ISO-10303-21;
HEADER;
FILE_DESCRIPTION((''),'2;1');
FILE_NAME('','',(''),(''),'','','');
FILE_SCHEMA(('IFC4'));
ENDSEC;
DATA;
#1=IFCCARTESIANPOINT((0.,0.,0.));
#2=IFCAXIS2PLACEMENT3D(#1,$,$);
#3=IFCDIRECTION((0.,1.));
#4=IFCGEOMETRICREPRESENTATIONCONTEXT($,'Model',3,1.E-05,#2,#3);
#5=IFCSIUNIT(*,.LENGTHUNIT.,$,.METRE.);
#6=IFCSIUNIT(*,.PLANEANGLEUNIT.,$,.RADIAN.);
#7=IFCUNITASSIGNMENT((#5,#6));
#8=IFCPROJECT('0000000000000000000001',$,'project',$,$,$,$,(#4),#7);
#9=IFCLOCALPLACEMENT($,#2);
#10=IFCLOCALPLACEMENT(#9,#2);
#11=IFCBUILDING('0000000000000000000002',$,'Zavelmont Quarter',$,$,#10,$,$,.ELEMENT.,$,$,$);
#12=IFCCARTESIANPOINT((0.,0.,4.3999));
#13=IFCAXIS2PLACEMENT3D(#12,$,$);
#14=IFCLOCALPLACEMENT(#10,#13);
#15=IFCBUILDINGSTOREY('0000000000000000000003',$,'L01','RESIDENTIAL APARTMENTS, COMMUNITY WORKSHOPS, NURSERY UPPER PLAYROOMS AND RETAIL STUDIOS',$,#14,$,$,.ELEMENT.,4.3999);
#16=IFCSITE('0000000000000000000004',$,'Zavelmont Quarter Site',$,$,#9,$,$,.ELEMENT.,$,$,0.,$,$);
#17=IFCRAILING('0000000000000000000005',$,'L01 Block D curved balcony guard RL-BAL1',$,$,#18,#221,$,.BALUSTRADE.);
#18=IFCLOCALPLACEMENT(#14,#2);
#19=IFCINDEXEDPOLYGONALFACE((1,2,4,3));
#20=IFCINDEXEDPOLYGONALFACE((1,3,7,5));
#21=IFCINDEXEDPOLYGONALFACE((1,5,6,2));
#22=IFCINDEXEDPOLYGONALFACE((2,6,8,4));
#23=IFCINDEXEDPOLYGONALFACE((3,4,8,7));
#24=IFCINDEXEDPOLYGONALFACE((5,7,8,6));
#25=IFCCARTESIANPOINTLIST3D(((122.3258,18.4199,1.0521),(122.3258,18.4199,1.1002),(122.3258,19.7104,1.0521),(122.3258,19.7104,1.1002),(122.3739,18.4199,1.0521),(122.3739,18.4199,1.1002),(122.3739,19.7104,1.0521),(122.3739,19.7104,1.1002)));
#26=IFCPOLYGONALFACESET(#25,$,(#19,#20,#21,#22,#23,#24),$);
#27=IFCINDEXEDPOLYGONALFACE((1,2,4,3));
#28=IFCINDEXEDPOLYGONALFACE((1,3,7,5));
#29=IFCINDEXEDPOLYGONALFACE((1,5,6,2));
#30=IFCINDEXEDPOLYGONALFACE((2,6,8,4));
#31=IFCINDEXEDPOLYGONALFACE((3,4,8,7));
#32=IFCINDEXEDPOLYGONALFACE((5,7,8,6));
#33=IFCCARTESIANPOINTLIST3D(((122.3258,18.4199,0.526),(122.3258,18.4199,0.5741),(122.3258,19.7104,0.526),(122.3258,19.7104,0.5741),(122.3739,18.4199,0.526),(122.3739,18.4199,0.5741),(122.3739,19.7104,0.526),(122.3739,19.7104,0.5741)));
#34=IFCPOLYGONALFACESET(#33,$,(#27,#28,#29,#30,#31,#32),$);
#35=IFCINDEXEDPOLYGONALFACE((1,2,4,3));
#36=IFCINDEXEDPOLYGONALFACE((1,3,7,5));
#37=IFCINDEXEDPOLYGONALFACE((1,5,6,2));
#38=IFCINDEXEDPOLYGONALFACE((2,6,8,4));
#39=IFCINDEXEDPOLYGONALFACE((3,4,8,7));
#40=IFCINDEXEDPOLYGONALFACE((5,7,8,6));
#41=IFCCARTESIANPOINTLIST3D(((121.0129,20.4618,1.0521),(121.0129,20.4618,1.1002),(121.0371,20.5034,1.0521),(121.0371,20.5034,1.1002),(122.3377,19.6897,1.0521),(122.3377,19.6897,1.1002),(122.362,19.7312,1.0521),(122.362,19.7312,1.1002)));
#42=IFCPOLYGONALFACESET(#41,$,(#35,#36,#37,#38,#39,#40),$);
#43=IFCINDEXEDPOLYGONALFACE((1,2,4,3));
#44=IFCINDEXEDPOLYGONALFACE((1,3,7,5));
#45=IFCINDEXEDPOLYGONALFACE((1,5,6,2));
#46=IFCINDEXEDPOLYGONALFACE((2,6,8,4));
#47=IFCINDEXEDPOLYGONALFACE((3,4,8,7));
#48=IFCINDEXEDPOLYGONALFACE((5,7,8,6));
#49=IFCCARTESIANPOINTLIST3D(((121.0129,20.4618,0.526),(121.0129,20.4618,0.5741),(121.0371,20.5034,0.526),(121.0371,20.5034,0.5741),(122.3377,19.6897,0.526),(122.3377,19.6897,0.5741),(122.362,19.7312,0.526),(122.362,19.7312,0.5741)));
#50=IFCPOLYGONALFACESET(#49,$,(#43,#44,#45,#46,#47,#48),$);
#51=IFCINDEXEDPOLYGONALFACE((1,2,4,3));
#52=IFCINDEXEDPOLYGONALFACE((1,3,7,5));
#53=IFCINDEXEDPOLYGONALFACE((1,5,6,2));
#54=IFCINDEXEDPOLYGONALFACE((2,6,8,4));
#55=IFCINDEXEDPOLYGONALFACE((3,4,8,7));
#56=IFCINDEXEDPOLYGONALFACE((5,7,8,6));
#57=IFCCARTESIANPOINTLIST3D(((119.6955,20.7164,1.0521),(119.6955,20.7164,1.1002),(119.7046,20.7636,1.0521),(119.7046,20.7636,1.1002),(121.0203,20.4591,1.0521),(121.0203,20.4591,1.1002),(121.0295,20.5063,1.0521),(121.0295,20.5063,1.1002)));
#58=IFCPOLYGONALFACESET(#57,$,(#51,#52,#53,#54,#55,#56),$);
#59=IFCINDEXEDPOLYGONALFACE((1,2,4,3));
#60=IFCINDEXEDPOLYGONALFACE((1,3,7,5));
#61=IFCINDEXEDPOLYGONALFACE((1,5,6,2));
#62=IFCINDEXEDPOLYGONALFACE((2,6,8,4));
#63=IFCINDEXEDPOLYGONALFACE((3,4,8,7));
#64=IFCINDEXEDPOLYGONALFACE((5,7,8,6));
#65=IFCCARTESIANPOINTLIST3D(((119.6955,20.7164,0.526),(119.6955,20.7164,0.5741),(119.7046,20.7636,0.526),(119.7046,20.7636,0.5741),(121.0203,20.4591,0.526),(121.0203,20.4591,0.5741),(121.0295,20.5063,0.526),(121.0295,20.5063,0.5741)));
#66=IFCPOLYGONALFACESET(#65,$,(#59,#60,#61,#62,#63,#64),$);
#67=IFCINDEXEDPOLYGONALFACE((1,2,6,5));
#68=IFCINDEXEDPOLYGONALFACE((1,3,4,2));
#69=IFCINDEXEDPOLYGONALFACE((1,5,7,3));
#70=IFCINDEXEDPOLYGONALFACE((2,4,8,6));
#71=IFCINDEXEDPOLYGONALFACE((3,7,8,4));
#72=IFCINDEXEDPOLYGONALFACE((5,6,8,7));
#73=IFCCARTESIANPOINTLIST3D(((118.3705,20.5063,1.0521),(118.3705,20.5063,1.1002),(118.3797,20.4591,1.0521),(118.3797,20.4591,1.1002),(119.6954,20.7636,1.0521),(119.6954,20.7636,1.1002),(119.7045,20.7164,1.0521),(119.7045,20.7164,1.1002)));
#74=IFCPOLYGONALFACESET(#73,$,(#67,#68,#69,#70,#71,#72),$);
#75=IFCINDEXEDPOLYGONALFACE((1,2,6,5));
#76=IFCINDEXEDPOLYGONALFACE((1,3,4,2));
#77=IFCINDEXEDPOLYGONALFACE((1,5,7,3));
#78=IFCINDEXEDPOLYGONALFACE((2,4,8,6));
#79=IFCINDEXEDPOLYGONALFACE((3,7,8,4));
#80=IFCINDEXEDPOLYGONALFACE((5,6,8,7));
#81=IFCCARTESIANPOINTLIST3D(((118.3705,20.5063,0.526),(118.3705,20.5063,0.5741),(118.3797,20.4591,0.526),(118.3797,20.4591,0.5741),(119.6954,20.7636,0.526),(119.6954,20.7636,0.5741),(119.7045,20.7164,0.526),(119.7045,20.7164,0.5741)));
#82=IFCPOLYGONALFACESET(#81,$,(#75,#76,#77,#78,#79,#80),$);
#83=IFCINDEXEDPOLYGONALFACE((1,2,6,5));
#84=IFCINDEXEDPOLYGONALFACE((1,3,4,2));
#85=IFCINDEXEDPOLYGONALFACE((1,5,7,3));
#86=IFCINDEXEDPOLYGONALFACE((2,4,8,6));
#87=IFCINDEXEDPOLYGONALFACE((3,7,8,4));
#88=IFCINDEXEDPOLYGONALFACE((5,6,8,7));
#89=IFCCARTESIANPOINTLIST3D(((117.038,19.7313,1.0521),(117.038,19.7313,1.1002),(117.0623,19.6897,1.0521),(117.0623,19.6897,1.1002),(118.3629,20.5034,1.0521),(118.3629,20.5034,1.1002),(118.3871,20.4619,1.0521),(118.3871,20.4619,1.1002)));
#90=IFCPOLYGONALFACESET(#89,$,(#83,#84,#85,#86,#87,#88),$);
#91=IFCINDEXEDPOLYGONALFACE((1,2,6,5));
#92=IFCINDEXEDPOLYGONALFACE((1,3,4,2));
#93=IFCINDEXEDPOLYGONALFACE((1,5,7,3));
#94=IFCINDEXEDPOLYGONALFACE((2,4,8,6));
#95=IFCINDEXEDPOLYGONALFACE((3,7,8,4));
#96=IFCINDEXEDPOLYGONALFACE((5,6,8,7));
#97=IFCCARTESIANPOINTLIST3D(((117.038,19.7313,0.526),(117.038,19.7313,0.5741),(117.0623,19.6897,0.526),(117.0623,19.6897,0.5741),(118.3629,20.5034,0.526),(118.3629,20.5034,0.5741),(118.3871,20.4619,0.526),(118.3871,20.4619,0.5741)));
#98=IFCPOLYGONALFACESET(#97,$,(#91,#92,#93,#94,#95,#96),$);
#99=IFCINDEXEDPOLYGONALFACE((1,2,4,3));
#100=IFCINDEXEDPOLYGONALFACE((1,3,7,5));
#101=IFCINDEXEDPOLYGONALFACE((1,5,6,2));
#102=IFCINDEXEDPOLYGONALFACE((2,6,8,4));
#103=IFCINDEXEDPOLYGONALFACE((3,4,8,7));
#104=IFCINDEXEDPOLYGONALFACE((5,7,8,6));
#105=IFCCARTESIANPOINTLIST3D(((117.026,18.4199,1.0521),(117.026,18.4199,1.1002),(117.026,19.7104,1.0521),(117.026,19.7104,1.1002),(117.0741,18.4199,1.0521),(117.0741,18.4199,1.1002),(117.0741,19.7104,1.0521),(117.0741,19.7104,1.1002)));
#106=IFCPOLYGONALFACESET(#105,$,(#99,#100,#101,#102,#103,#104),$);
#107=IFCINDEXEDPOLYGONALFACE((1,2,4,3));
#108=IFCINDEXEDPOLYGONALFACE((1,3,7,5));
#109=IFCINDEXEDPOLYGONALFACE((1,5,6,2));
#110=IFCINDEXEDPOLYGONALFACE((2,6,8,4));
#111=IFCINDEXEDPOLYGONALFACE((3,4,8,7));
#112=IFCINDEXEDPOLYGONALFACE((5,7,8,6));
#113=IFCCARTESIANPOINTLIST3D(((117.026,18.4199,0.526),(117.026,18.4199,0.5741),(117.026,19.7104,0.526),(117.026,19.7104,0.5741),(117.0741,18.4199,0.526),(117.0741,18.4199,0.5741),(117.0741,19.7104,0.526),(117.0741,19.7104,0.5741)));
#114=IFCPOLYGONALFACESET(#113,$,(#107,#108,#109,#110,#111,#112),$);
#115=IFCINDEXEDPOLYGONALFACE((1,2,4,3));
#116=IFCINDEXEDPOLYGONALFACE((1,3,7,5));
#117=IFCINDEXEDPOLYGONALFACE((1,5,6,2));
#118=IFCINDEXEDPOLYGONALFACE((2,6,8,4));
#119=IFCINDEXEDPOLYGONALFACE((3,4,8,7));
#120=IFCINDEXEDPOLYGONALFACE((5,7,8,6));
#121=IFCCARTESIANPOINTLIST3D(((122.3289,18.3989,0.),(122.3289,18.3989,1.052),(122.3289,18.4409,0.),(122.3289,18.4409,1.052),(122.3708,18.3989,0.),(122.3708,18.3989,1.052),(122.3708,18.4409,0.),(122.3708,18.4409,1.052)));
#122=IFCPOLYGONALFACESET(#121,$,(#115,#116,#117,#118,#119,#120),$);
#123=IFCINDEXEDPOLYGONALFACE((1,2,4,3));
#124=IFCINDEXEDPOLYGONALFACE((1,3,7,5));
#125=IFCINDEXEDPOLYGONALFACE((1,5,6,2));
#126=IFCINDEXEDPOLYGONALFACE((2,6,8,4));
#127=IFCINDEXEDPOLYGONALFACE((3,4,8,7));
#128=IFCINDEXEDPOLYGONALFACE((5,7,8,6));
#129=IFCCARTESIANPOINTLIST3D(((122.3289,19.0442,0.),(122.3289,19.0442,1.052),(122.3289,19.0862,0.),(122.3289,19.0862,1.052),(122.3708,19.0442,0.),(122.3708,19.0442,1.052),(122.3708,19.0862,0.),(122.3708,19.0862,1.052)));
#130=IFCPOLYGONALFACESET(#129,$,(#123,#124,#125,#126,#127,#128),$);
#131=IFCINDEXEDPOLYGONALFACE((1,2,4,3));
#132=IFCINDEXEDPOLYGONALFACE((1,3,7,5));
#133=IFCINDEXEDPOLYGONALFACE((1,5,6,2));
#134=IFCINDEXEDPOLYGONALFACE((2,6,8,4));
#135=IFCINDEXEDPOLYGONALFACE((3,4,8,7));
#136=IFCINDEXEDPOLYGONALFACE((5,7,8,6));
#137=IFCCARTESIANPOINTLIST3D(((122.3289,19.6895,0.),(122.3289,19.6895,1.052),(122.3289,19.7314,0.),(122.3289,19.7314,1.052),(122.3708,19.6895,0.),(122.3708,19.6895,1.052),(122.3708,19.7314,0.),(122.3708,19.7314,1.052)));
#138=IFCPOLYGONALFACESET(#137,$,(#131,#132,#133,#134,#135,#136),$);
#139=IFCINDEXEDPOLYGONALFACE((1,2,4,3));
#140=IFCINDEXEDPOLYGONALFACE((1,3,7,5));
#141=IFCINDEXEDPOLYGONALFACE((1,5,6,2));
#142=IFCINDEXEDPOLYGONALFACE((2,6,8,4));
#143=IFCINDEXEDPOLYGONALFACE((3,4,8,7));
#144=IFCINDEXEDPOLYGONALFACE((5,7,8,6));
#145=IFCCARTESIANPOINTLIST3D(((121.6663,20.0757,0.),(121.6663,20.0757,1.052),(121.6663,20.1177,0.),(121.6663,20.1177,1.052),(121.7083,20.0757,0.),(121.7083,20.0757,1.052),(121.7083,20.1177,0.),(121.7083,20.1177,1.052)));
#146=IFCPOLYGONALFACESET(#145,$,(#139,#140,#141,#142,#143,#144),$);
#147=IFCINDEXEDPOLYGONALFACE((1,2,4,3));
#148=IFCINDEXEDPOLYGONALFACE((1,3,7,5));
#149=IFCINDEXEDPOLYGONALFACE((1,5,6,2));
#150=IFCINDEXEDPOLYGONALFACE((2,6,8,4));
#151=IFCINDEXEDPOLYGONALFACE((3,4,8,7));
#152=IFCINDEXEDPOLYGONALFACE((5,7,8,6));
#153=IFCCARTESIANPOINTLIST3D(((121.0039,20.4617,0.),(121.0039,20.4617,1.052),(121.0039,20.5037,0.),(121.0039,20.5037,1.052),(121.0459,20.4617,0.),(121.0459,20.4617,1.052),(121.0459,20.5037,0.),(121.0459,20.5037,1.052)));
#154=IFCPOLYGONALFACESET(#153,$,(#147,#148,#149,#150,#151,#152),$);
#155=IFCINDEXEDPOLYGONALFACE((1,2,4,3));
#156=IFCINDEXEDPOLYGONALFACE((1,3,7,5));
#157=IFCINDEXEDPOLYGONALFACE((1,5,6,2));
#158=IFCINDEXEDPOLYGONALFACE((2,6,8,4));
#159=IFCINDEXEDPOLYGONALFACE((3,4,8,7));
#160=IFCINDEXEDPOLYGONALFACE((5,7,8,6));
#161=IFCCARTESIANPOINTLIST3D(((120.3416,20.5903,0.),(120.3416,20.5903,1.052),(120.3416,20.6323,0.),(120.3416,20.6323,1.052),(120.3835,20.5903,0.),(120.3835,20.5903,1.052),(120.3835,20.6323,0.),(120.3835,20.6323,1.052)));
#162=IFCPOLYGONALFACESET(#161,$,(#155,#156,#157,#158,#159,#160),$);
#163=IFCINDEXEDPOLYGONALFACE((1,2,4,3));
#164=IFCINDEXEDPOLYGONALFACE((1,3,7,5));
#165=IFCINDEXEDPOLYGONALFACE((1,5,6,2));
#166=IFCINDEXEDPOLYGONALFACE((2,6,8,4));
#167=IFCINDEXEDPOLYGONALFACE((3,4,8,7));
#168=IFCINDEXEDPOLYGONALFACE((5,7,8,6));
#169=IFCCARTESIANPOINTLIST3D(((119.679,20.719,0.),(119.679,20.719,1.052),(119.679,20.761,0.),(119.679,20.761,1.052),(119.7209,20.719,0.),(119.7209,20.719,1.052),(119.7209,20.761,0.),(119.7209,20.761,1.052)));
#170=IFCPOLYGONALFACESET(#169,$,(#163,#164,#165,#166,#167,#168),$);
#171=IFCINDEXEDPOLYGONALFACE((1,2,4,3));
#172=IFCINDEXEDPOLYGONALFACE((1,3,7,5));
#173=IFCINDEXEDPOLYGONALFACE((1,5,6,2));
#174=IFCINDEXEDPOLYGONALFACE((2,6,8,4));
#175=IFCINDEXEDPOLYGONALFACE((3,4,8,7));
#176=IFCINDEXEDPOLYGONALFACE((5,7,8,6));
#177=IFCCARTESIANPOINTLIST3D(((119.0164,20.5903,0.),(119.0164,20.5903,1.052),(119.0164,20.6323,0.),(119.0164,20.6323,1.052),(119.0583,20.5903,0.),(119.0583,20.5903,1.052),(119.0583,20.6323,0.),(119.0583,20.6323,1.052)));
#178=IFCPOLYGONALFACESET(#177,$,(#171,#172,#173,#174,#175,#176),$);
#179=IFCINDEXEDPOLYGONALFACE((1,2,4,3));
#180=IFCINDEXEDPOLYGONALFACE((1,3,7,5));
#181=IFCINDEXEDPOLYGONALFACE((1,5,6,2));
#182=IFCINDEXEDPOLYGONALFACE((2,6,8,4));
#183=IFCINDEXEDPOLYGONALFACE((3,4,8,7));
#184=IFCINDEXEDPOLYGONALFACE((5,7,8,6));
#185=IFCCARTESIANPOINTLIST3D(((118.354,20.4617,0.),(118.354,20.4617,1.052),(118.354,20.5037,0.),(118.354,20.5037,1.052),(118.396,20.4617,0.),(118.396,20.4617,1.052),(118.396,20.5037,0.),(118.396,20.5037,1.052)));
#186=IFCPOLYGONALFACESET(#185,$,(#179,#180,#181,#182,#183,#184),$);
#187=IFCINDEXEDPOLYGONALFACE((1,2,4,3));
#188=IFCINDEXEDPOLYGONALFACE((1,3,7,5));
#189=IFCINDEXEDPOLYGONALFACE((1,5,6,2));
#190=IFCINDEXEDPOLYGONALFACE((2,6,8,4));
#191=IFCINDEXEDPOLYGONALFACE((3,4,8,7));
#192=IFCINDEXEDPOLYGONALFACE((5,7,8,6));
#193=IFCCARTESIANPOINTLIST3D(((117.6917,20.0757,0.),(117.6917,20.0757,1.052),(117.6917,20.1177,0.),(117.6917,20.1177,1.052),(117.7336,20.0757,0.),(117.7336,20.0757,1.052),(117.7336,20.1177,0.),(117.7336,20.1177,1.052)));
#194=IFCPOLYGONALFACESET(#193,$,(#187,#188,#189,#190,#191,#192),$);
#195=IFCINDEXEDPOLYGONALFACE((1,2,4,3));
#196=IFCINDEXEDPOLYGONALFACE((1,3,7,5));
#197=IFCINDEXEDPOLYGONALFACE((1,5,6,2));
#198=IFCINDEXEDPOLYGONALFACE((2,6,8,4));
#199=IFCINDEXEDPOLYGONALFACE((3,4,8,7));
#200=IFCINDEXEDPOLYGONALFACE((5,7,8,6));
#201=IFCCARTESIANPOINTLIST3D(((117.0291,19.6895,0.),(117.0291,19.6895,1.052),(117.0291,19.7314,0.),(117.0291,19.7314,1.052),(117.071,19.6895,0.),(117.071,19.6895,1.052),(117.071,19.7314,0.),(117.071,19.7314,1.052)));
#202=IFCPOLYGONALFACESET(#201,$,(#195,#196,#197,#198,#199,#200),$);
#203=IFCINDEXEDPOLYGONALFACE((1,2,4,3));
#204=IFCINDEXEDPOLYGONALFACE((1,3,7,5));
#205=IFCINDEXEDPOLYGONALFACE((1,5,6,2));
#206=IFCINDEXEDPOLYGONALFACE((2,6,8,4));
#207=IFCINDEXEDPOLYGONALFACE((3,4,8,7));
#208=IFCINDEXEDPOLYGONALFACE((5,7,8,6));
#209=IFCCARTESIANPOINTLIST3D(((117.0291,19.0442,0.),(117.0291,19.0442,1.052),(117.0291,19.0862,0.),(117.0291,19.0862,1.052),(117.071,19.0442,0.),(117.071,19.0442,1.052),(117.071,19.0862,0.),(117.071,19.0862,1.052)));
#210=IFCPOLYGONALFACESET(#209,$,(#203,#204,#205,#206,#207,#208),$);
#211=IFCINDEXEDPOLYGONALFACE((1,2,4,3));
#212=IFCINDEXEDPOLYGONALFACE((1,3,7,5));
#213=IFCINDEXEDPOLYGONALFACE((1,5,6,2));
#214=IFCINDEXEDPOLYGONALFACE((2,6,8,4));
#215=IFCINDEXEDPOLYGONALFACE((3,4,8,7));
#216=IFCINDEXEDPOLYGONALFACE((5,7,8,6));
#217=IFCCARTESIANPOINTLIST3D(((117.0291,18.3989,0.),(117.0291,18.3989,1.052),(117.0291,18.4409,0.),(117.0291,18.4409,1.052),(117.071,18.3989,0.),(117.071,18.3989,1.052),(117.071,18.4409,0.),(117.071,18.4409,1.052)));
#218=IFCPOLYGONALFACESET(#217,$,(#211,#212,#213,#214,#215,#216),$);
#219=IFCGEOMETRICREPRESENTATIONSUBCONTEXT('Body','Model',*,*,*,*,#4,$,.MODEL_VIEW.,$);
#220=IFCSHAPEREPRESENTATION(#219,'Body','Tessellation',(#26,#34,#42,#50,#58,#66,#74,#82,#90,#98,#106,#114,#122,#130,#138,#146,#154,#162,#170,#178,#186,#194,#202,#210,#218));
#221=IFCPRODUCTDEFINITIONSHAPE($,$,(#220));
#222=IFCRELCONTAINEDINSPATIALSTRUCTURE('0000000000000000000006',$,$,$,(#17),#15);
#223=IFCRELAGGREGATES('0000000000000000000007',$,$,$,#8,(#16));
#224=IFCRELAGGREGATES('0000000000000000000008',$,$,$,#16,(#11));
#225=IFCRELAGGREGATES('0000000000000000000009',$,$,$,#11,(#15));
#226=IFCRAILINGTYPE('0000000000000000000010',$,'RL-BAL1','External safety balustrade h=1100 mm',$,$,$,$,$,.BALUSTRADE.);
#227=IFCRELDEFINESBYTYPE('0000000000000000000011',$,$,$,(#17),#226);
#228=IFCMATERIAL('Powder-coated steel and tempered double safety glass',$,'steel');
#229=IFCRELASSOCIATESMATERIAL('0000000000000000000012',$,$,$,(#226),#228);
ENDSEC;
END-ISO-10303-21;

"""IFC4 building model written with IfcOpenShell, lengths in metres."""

from ifc_helpers import new_model, si_unit, direction, frame, origin, origin_2d, place, context, subcontext, project, spatial, rectangle, extrude, material, type_object, element, save


model = new_model("IFC4")

# Units and contexts
model_context = context("Model", 3, precision=1e-05, world=origin(), true_north=direction((0.0, 1.0)))
body_context = subcontext(model_context, "Body", "Model", "MODEL_VIEW")
ifc_project = project(units=[si_unit("LENGTHUNIT", "METRE"), si_unit("PLANEANGLEUNIT", "RADIAN")], contexts=[model_context])

# Site, building, storey
site_placement = place(None, origin())
site = spatial("IfcSite", under=ifc_project, at=site_placement, Name="Zavelmont Quarter Site", CompositionType="ELEMENT", RefElevation=0.0)
building_placement = place(site_placement, origin())
building = spatial("IfcBuilding", under=site, at=building_placement, Name="Zavelmont Quarter", CompositionType="ELEMENT")
storey_placement = place(building_placement, frame((0.0, 0.0, 4.3999)))
storey = spatial("IfcBuildingStorey", under=building, at=storey_placement, Name="L01", Description="RESIDENTIAL APARTMENTS, COMMUNITY WORKSHOPS, NURSERY UPPER PLAYROOMS AND RETAIL STUDIOS", CompositionType="ELEMENT", Elevation=4.3999)

# Railing
ifc_material_1 = material(Name="Powder-coated steel and tempered double safety glass", Category="steel")
railing_type_1 = type_object("IfcRailingType", Name="RL-BAL1", Description="External safety balustrade h=1100 mm", PredefinedType="BALUSTRADE", material=ifc_material_1)
railing_1_placement = place(storey_placement, frame((122.3499, 18.4199, 0.0)))
element("IfcRailing", 1, at=railing_1_placement, inside=storey, type_object=railing_type_1, Name="L01 Block D curved balcony guard RL-BAL1", PredefinedType="BALUSTRADE", context=body_context, shape_type="SweptSolid", body=[
    extrude(rectangle(XDim=0.0481, YDim=0.0481, at=origin_2d()), frame((0.0, 0.0, 1.0762), z_axis=(0.0, 1.0, 0.0), x_axis=(-1.0, 0.0, 0.0)), (0.0, 0.0, 1.0), 1.2905),
    extrude(rectangle(XDim=0.0481, YDim=0.0481, at=origin_2d()), frame((0.0, 0.0, 0.55), z_axis=(0.0, 1.0, 0.0), x_axis=(-1.0, 0.0, 0.0)), (0.0, 0.0, 1.0), 1.2905),
    extrude(rectangle(XDim=0.0481, YDim=0.0481, at=origin_2d()), frame((0.0, 1.2905, 1.0762), z_axis=(-0.863969, 0.503544, 0.0), x_axis=(-0.503544, -0.863969, 0.0)), (0.0, 0.0, 1.0), 1.5334),
    extrude(rectangle(XDim=0.0481, YDim=0.0481, at=origin_2d()), frame((0.0, 1.2905, 0.55), z_axis=(-0.863969, 0.503544, 0.0), x_axis=(-0.503544, -0.863969, 0.0)), (0.0, 0.0, 1.0), 1.5334),
    extrude(rectangle(XDim=0.0481, YDim=0.0481, at=origin_2d()), frame((-1.325, 2.0627, 1.0762), z_axis=(-0.981658, 0.190652, 0.0), x_axis=(-0.190652, -0.981658, 0.0)), (0.0, 0.0, 1.0), 1.3496),
    extrude(rectangle(XDim=0.0481, YDim=0.0481, at=origin_2d()), frame((-1.325, 2.0627, 0.55), z_axis=(-0.981658, 0.190652, 0.0), x_axis=(-0.190652, -0.981658, 0.0)), (0.0, 0.0, 1.0), 1.3496),
    extrude(rectangle(XDim=0.0481, YDim=0.0481, at=origin_2d()), frame((-2.6499, 2.3201, 1.0762), z_axis=(-0.981658, -0.190652, 0.0), x_axis=(0.190652, -0.981658, 0.0)), (0.0, 0.0, 1.0), 1.3496),
    extrude(rectangle(XDim=0.0481, YDim=0.0481, at=origin_2d()), frame((-2.6499, 2.3201, 0.55), z_axis=(-0.981658, -0.190652, 0.0), x_axis=(0.190652, -0.981658, 0.0)), (0.0, 0.0, 1.0), 1.3496),
    extrude(rectangle(XDim=0.0481, YDim=0.0481, at=origin_2d()), frame((-3.9749, 2.0627, 1.0762), z_axis=(-0.863969, -0.503544, 0.0), x_axis=(0.503544, -0.863969, 0.0)), (0.0, 0.0, 1.0), 1.5334),
    extrude(rectangle(XDim=0.0481, YDim=0.0481, at=origin_2d()), frame((-3.9749, 2.0627, 0.55), z_axis=(-0.863969, -0.503544, 0.0), x_axis=(0.503544, -0.863969, 0.0)), (0.0, 0.0, 1.0), 1.5334),
    extrude(rectangle(XDim=0.0481, YDim=0.0481, at=origin_2d()), frame((-5.2998, 1.2905, 1.0762), z_axis=(0.0, -1.0, 0.0), x_axis=(1.0, 0.0, 0.0)), (0.0, 0.0, 1.0), 1.2905),
    extrude(rectangle(XDim=0.0481, YDim=0.0481, at=origin_2d()), frame((-5.2998, 1.2905, 0.55), z_axis=(0.0, -1.0, 0.0), x_axis=(1.0, 0.0, 0.0)), (0.0, 0.0, 1.0), 1.2905),
    extrude(rectangle(XDim=0.042, YDim=0.042, at=origin_2d()), origin(), (0.0, 0.0, 1.0), 1.052),
    extrude(rectangle(XDim=0.042, YDim=0.042, at=origin_2d()), frame((0.0, 0.6453, 0.0)), (0.0, 0.0, 1.0), 1.052),
    extrude(rectangle(XDim=0.042, YDim=0.042, at=origin_2d()), frame((0.0, 1.2905, 0.0)), (0.0, 0.0, 1.0), 1.052),
    extrude(rectangle(XDim=0.042, YDim=0.042, at=origin_2d()), frame((-0.6626, 1.6768, 0.0)), (0.0, 0.0, 1.0), 1.052),
    extrude(rectangle(XDim=0.042, YDim=0.042, at=origin_2d()), frame((-1.325, 2.0627, 0.0)), (0.0, 0.0, 1.0), 1.052),
    extrude(rectangle(XDim=0.042, YDim=0.042, at=origin_2d()), frame((-1.9873, 2.1914, 0.0)), (0.0, 0.0, 1.0), 1.052),
    extrude(rectangle(XDim=0.042, YDim=0.042, at=origin_2d()), frame((-2.6499, 2.3201, 0.0)), (0.0, 0.0, 1.0), 1.052),
    extrude(rectangle(XDim=0.042, YDim=0.042, at=origin_2d()), frame((-3.3125, 2.1914, 0.0)), (0.0, 0.0, 1.0), 1.052),
    extrude(rectangle(XDim=0.042, YDim=0.042, at=origin_2d()), frame((-3.9749, 2.0627, 0.0)), (0.0, 0.0, 1.0), 1.052),
    extrude(rectangle(XDim=0.042, YDim=0.042, at=origin_2d()), frame((-4.6372, 1.6768, 0.0)), (0.0, 0.0, 1.0), 1.052),
    extrude(rectangle(XDim=0.042, YDim=0.042, at=origin_2d()), frame((-5.2998, 1.2905, 0.0)), (0.0, 0.0, 1.0), 1.052),
    extrude(rectangle(XDim=0.042, YDim=0.042, at=origin_2d()), frame((-5.2998, 0.6453, 0.0)), (0.0, 0.0, 1.0), 1.052),
    extrude(rectangle(XDim=0.042, YDim=0.042, at=origin_2d()), frame((-5.2998, 0.0, 0.0)), (0.0, 0.0, 1.0), 1.052),
])

save(model, "model.ifc")
